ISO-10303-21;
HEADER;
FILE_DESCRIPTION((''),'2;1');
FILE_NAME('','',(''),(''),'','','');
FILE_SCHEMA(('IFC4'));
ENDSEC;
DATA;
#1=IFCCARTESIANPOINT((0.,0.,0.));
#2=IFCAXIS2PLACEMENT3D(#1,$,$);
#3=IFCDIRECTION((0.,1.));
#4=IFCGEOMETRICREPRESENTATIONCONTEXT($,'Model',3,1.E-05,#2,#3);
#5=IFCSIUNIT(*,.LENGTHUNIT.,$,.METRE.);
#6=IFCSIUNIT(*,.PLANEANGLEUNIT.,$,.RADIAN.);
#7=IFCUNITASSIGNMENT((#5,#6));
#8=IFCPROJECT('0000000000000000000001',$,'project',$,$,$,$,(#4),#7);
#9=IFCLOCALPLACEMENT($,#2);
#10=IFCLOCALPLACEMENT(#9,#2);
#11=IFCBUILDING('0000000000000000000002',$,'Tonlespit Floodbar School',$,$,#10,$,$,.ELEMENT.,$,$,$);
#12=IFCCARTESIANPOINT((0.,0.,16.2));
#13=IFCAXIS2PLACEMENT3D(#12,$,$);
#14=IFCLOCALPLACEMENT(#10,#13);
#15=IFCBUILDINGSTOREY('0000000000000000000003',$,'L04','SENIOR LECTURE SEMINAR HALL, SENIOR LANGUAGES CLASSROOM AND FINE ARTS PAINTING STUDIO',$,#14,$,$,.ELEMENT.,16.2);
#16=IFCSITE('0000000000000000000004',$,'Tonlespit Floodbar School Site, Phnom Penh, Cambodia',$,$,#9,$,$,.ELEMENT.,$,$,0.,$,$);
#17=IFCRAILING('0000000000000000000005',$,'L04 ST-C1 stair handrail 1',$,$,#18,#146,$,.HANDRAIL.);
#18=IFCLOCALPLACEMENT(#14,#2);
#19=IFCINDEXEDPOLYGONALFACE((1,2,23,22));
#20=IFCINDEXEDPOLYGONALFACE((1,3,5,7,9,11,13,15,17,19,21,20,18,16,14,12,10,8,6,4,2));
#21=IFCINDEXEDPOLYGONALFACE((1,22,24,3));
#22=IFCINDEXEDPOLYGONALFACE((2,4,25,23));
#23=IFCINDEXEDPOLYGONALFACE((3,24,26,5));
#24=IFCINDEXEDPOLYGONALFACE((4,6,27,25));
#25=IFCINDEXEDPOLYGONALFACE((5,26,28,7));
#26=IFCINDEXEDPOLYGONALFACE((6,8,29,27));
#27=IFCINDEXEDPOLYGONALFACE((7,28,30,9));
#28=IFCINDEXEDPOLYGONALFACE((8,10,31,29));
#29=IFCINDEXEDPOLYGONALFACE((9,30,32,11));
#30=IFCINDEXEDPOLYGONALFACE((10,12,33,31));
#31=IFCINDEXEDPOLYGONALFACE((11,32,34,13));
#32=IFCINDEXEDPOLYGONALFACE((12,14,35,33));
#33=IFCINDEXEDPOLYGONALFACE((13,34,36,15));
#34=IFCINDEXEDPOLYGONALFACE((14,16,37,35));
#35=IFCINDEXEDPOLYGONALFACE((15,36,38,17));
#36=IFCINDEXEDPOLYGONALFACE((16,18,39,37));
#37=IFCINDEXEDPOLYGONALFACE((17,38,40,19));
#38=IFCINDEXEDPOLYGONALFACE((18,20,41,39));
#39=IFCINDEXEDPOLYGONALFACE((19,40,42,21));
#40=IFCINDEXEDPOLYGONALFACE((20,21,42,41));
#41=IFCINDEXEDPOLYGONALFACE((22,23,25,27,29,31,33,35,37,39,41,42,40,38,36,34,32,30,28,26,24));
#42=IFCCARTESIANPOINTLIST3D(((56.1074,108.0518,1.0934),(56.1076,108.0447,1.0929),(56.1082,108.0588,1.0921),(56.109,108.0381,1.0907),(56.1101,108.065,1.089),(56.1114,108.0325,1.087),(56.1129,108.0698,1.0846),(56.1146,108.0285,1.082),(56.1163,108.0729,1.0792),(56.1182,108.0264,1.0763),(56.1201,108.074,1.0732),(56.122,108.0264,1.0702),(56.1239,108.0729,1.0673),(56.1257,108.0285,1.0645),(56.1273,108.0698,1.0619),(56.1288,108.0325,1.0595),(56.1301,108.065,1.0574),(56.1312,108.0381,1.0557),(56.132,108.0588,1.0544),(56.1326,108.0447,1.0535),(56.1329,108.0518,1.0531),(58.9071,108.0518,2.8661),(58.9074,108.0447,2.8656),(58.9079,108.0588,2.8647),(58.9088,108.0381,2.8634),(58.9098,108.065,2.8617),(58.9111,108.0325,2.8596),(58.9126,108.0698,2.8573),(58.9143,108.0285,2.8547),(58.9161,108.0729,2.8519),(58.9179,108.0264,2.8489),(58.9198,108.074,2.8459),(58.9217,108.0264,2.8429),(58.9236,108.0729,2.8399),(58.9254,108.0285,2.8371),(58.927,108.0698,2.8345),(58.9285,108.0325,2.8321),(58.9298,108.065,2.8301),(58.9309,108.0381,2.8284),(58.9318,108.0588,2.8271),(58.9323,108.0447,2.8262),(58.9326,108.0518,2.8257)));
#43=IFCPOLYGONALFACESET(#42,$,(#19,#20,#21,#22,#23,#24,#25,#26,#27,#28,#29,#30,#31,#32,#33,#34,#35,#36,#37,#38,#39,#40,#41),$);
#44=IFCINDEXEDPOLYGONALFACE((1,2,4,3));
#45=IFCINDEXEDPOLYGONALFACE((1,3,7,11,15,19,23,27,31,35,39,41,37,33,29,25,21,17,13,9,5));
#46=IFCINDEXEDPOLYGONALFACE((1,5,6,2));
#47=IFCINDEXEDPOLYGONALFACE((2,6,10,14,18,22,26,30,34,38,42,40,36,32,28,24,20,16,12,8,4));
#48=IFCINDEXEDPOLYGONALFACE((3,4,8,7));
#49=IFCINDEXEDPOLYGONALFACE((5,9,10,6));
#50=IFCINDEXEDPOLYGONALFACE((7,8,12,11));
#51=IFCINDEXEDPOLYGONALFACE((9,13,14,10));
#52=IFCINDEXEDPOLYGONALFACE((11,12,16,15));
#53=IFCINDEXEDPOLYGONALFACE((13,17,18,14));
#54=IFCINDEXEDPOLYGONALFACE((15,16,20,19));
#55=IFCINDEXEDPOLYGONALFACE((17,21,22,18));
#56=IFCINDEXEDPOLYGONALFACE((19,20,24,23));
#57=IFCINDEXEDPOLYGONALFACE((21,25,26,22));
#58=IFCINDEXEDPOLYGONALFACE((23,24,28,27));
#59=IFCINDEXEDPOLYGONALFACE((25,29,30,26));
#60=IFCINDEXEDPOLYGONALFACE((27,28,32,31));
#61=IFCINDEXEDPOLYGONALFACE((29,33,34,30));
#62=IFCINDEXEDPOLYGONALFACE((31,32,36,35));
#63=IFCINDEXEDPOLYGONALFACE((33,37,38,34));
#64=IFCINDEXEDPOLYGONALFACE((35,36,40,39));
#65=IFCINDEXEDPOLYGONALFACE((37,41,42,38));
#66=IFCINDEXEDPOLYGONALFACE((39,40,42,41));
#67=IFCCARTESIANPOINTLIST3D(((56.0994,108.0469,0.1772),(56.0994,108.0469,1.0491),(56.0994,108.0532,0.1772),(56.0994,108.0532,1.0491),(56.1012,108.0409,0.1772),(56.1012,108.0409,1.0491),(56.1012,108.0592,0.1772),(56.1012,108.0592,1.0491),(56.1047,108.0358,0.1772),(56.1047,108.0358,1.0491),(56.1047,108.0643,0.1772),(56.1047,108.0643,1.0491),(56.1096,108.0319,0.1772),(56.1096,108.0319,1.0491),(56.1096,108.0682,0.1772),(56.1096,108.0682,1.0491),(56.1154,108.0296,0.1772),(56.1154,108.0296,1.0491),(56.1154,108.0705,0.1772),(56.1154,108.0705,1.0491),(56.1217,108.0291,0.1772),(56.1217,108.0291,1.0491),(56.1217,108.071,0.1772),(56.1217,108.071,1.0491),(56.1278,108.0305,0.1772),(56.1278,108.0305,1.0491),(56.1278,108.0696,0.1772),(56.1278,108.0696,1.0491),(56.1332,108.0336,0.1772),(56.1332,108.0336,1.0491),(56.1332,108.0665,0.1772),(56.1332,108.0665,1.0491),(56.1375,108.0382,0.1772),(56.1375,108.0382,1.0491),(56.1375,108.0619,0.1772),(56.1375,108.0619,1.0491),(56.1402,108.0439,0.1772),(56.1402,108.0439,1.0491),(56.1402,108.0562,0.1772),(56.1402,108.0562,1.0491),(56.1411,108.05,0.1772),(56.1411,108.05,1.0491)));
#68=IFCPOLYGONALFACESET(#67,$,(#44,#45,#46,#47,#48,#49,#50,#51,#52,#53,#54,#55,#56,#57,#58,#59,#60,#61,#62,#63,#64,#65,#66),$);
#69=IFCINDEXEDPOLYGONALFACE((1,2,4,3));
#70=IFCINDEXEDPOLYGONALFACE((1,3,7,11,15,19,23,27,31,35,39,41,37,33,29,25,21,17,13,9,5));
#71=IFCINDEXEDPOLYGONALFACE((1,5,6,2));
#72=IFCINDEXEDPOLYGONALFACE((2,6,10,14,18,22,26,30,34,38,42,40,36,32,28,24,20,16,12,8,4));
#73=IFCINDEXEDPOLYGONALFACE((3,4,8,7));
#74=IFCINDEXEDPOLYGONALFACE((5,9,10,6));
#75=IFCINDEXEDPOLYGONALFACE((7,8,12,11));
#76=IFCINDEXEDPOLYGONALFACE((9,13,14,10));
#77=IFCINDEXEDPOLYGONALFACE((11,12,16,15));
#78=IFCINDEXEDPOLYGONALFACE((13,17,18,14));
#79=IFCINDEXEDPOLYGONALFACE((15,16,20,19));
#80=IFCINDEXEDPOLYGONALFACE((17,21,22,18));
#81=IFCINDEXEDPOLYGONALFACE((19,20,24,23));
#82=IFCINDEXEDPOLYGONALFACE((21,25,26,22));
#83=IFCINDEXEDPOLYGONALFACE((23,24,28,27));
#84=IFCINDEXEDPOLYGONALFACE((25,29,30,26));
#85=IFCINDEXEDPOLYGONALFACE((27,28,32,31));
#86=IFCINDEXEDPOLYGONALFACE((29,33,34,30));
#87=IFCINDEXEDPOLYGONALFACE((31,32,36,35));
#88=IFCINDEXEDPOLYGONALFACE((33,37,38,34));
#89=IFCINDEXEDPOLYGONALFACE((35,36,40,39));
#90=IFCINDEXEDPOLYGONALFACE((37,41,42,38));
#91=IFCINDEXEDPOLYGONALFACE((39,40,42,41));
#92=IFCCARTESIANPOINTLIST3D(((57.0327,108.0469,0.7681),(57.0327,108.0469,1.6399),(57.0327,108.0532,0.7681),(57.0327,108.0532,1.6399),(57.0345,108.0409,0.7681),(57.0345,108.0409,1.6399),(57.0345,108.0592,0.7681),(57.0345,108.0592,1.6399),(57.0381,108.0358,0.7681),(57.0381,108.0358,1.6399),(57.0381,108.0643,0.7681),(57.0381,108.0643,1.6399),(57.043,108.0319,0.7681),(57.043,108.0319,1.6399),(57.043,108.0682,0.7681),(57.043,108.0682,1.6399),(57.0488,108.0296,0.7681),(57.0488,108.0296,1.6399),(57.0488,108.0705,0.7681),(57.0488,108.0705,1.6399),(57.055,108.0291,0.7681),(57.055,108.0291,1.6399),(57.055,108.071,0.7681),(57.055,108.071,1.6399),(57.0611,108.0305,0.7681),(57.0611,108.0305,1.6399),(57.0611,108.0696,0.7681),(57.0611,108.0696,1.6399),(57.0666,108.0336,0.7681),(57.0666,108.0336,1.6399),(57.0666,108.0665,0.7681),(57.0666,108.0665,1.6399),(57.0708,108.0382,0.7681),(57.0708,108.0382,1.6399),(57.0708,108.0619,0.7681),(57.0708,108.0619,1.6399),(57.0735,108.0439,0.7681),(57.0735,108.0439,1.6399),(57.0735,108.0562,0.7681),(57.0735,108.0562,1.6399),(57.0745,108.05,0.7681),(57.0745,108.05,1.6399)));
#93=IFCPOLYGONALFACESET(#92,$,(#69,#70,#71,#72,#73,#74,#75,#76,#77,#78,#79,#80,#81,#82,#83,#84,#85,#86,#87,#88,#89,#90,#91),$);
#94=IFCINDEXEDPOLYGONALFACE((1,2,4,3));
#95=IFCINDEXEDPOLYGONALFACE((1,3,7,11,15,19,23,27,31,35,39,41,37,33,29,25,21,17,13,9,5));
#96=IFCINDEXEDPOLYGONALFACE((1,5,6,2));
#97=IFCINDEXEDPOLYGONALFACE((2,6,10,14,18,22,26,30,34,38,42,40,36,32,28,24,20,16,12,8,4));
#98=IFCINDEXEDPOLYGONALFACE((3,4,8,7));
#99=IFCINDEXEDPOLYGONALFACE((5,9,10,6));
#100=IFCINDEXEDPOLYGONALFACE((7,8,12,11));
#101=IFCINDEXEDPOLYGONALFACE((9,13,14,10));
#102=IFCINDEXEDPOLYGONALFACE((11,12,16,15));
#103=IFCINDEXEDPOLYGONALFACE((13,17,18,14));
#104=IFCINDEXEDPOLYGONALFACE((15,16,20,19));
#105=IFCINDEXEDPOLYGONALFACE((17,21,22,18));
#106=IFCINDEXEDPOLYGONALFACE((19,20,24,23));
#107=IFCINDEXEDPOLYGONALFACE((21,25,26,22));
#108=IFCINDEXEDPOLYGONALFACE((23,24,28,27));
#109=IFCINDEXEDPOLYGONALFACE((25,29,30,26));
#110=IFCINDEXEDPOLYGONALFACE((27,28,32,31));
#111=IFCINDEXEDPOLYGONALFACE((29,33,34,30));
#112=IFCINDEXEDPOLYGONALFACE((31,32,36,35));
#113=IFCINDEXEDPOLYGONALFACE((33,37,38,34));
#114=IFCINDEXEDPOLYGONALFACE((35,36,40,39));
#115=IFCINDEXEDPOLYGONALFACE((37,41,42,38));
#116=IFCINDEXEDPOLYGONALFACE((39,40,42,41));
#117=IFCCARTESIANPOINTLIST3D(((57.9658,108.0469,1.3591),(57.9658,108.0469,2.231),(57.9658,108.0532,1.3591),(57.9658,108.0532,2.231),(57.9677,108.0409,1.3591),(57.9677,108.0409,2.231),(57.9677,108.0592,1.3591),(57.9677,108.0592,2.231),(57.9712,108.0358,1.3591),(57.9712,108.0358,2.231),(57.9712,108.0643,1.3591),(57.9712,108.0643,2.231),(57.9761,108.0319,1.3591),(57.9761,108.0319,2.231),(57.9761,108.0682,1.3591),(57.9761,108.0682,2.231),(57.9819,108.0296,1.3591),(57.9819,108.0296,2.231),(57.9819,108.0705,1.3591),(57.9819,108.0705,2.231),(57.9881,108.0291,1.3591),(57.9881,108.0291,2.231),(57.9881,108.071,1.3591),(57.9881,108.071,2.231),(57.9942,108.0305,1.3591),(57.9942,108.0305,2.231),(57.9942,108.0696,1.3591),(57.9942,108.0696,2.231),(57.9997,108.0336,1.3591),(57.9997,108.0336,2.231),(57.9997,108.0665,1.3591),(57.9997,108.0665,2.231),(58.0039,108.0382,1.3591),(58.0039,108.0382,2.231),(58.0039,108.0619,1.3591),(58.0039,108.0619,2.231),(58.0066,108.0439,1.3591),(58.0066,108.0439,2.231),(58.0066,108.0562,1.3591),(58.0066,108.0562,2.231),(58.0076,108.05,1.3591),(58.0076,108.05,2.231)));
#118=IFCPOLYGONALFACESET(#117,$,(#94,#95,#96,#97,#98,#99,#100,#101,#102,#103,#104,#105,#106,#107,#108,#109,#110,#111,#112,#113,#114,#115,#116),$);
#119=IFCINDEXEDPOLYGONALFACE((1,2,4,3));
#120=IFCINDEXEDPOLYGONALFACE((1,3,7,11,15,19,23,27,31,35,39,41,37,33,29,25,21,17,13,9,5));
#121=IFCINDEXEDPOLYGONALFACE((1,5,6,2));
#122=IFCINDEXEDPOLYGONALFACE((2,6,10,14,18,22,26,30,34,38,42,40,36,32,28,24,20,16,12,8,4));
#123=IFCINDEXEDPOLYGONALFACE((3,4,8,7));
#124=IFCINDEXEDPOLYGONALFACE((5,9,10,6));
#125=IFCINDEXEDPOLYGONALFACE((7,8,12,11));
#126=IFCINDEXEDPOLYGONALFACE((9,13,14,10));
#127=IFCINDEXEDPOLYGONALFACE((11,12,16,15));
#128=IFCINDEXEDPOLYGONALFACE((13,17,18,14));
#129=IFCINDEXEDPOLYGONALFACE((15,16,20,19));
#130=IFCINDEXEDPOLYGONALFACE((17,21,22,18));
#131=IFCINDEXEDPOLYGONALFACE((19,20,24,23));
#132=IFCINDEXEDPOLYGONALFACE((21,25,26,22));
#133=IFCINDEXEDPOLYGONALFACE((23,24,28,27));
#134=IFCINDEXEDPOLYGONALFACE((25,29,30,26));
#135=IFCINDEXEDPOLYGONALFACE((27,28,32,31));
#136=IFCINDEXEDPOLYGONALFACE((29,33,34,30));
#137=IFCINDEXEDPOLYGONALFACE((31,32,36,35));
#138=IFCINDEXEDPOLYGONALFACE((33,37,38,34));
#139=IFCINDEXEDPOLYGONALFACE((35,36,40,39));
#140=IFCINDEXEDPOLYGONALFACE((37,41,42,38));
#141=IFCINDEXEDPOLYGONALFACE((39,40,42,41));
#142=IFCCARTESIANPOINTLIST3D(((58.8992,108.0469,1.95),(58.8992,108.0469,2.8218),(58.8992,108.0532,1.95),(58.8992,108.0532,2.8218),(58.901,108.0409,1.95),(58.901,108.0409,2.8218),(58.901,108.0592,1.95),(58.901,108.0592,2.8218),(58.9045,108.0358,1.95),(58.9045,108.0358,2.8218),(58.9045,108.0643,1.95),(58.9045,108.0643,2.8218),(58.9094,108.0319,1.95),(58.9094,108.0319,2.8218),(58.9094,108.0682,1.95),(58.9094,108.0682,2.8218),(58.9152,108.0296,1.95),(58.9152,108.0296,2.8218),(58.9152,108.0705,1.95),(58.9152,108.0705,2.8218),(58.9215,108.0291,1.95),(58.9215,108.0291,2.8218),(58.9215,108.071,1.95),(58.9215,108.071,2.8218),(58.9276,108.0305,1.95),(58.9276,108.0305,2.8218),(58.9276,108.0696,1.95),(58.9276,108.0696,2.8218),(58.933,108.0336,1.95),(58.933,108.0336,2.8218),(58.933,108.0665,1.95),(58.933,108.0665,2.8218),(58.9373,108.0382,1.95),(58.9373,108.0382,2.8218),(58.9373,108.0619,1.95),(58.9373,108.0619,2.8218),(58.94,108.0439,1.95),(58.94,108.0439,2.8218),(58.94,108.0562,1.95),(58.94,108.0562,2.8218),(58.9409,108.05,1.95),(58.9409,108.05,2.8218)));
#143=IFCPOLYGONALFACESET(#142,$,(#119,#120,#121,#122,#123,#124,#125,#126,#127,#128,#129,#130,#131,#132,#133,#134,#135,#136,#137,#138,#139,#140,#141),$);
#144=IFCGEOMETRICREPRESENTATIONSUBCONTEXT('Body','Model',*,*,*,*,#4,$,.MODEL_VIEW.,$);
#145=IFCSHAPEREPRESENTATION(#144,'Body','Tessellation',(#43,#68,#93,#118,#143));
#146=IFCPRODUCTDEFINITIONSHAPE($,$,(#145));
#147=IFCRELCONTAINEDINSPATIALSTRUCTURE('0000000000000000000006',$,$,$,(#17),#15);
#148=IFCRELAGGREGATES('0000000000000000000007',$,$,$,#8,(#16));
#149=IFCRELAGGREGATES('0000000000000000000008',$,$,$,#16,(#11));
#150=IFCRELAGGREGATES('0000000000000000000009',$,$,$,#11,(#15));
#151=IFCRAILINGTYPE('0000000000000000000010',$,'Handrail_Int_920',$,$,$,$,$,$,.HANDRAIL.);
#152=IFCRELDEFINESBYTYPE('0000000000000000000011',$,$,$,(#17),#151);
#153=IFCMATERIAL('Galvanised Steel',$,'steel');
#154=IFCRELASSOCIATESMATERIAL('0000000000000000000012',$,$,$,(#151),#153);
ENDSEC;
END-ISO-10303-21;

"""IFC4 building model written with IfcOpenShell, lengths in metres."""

from ifc_helpers import new_model, si_unit, direction, frame, origin, origin_2d, place, context, subcontext, project, spatial, circle, extrude, material, type_object, element, save


model = new_model("IFC4")

# Units and contexts
model_context = context("Model", 3, precision=1e-05, world=origin(), true_north=direction((0.0, 1.0)))
body_context = subcontext(model_context, "Body", "Model", "MODEL_VIEW")
ifc_project = project(units=[si_unit("LENGTHUNIT", "METRE"), si_unit("PLANEANGLEUNIT", "RADIAN")], contexts=[model_context])

# Site, building, storey
site_placement = place(None, origin())
site = spatial("IfcSite", under=ifc_project, at=site_placement, Name="Tonlespit Floodbar School Site, Phnom Penh, Cambodia", CompositionType="ELEMENT", RefElevation=0.0)
building_placement = place(site_placement, origin())
building = spatial("IfcBuilding", under=site, at=building_placement, Name="Tonlespit Floodbar School", CompositionType="ELEMENT")
storey_placement = place(building_placement, frame((0.0, 0.0, 16.2)))
storey = spatial("IfcBuildingStorey", under=building, at=storey_placement, Name="L04", Description="SENIOR LECTURE SEMINAR HALL, SENIOR LANGUAGES CLASSROOM AND FINE ARTS PAINTING STUDIO", CompositionType="ELEMENT", Elevation=16.2)

# Shared definitions
ifc_material_1 = material(Name="Galvanised Steel", Category="steel")

# Railing
railing_type_1 = type_object("IfcRailingType", Name="Handrail_Int_920", PredefinedType="HANDRAIL", material=ifc_material_1)
railing_1_placement = place(storey_placement, frame((56.1201, 108.05, 0.1772)))
element("IfcRailing", 1, at=railing_1_placement, inside=storey, type_object=railing_type_1, Name="L04 ST-C1 stair handrail 1", PredefinedType="HANDRAIL", context=body_context, shape_type="SweptSolid", body=[
    extrude(circle(Radius=0.0239, at=origin_2d()), frame((0.0, 0.0, 0.896), z_axis=(0.844888, 0.0, 0.534943), x_axis=(0.0, 1.0, 0.0)), (0.0, 0.0, 1.0), 3.3137),
    extrude(circle(Radius=0.021, at=origin_2d()), origin(), (0.0, 0.0, 1.0), 0.8718),
    extrude(circle(Radius=0.021, at=origin_2d()), frame((0.9333, 0.0, 0.5908)), (0.0, 0.0, 1.0), 0.8718),
    extrude(circle(Radius=0.021, at=origin_2d()), frame((1.8665, 0.0, 1.1819)), (0.0, 0.0, 1.0), 0.8718),
    extrude(circle(Radius=0.021, at=origin_2d()), frame((2.7998, 0.0, 1.7727)), (0.0, 0.0, 1.0), 0.8718),
])

save(model, "model.ifc")
